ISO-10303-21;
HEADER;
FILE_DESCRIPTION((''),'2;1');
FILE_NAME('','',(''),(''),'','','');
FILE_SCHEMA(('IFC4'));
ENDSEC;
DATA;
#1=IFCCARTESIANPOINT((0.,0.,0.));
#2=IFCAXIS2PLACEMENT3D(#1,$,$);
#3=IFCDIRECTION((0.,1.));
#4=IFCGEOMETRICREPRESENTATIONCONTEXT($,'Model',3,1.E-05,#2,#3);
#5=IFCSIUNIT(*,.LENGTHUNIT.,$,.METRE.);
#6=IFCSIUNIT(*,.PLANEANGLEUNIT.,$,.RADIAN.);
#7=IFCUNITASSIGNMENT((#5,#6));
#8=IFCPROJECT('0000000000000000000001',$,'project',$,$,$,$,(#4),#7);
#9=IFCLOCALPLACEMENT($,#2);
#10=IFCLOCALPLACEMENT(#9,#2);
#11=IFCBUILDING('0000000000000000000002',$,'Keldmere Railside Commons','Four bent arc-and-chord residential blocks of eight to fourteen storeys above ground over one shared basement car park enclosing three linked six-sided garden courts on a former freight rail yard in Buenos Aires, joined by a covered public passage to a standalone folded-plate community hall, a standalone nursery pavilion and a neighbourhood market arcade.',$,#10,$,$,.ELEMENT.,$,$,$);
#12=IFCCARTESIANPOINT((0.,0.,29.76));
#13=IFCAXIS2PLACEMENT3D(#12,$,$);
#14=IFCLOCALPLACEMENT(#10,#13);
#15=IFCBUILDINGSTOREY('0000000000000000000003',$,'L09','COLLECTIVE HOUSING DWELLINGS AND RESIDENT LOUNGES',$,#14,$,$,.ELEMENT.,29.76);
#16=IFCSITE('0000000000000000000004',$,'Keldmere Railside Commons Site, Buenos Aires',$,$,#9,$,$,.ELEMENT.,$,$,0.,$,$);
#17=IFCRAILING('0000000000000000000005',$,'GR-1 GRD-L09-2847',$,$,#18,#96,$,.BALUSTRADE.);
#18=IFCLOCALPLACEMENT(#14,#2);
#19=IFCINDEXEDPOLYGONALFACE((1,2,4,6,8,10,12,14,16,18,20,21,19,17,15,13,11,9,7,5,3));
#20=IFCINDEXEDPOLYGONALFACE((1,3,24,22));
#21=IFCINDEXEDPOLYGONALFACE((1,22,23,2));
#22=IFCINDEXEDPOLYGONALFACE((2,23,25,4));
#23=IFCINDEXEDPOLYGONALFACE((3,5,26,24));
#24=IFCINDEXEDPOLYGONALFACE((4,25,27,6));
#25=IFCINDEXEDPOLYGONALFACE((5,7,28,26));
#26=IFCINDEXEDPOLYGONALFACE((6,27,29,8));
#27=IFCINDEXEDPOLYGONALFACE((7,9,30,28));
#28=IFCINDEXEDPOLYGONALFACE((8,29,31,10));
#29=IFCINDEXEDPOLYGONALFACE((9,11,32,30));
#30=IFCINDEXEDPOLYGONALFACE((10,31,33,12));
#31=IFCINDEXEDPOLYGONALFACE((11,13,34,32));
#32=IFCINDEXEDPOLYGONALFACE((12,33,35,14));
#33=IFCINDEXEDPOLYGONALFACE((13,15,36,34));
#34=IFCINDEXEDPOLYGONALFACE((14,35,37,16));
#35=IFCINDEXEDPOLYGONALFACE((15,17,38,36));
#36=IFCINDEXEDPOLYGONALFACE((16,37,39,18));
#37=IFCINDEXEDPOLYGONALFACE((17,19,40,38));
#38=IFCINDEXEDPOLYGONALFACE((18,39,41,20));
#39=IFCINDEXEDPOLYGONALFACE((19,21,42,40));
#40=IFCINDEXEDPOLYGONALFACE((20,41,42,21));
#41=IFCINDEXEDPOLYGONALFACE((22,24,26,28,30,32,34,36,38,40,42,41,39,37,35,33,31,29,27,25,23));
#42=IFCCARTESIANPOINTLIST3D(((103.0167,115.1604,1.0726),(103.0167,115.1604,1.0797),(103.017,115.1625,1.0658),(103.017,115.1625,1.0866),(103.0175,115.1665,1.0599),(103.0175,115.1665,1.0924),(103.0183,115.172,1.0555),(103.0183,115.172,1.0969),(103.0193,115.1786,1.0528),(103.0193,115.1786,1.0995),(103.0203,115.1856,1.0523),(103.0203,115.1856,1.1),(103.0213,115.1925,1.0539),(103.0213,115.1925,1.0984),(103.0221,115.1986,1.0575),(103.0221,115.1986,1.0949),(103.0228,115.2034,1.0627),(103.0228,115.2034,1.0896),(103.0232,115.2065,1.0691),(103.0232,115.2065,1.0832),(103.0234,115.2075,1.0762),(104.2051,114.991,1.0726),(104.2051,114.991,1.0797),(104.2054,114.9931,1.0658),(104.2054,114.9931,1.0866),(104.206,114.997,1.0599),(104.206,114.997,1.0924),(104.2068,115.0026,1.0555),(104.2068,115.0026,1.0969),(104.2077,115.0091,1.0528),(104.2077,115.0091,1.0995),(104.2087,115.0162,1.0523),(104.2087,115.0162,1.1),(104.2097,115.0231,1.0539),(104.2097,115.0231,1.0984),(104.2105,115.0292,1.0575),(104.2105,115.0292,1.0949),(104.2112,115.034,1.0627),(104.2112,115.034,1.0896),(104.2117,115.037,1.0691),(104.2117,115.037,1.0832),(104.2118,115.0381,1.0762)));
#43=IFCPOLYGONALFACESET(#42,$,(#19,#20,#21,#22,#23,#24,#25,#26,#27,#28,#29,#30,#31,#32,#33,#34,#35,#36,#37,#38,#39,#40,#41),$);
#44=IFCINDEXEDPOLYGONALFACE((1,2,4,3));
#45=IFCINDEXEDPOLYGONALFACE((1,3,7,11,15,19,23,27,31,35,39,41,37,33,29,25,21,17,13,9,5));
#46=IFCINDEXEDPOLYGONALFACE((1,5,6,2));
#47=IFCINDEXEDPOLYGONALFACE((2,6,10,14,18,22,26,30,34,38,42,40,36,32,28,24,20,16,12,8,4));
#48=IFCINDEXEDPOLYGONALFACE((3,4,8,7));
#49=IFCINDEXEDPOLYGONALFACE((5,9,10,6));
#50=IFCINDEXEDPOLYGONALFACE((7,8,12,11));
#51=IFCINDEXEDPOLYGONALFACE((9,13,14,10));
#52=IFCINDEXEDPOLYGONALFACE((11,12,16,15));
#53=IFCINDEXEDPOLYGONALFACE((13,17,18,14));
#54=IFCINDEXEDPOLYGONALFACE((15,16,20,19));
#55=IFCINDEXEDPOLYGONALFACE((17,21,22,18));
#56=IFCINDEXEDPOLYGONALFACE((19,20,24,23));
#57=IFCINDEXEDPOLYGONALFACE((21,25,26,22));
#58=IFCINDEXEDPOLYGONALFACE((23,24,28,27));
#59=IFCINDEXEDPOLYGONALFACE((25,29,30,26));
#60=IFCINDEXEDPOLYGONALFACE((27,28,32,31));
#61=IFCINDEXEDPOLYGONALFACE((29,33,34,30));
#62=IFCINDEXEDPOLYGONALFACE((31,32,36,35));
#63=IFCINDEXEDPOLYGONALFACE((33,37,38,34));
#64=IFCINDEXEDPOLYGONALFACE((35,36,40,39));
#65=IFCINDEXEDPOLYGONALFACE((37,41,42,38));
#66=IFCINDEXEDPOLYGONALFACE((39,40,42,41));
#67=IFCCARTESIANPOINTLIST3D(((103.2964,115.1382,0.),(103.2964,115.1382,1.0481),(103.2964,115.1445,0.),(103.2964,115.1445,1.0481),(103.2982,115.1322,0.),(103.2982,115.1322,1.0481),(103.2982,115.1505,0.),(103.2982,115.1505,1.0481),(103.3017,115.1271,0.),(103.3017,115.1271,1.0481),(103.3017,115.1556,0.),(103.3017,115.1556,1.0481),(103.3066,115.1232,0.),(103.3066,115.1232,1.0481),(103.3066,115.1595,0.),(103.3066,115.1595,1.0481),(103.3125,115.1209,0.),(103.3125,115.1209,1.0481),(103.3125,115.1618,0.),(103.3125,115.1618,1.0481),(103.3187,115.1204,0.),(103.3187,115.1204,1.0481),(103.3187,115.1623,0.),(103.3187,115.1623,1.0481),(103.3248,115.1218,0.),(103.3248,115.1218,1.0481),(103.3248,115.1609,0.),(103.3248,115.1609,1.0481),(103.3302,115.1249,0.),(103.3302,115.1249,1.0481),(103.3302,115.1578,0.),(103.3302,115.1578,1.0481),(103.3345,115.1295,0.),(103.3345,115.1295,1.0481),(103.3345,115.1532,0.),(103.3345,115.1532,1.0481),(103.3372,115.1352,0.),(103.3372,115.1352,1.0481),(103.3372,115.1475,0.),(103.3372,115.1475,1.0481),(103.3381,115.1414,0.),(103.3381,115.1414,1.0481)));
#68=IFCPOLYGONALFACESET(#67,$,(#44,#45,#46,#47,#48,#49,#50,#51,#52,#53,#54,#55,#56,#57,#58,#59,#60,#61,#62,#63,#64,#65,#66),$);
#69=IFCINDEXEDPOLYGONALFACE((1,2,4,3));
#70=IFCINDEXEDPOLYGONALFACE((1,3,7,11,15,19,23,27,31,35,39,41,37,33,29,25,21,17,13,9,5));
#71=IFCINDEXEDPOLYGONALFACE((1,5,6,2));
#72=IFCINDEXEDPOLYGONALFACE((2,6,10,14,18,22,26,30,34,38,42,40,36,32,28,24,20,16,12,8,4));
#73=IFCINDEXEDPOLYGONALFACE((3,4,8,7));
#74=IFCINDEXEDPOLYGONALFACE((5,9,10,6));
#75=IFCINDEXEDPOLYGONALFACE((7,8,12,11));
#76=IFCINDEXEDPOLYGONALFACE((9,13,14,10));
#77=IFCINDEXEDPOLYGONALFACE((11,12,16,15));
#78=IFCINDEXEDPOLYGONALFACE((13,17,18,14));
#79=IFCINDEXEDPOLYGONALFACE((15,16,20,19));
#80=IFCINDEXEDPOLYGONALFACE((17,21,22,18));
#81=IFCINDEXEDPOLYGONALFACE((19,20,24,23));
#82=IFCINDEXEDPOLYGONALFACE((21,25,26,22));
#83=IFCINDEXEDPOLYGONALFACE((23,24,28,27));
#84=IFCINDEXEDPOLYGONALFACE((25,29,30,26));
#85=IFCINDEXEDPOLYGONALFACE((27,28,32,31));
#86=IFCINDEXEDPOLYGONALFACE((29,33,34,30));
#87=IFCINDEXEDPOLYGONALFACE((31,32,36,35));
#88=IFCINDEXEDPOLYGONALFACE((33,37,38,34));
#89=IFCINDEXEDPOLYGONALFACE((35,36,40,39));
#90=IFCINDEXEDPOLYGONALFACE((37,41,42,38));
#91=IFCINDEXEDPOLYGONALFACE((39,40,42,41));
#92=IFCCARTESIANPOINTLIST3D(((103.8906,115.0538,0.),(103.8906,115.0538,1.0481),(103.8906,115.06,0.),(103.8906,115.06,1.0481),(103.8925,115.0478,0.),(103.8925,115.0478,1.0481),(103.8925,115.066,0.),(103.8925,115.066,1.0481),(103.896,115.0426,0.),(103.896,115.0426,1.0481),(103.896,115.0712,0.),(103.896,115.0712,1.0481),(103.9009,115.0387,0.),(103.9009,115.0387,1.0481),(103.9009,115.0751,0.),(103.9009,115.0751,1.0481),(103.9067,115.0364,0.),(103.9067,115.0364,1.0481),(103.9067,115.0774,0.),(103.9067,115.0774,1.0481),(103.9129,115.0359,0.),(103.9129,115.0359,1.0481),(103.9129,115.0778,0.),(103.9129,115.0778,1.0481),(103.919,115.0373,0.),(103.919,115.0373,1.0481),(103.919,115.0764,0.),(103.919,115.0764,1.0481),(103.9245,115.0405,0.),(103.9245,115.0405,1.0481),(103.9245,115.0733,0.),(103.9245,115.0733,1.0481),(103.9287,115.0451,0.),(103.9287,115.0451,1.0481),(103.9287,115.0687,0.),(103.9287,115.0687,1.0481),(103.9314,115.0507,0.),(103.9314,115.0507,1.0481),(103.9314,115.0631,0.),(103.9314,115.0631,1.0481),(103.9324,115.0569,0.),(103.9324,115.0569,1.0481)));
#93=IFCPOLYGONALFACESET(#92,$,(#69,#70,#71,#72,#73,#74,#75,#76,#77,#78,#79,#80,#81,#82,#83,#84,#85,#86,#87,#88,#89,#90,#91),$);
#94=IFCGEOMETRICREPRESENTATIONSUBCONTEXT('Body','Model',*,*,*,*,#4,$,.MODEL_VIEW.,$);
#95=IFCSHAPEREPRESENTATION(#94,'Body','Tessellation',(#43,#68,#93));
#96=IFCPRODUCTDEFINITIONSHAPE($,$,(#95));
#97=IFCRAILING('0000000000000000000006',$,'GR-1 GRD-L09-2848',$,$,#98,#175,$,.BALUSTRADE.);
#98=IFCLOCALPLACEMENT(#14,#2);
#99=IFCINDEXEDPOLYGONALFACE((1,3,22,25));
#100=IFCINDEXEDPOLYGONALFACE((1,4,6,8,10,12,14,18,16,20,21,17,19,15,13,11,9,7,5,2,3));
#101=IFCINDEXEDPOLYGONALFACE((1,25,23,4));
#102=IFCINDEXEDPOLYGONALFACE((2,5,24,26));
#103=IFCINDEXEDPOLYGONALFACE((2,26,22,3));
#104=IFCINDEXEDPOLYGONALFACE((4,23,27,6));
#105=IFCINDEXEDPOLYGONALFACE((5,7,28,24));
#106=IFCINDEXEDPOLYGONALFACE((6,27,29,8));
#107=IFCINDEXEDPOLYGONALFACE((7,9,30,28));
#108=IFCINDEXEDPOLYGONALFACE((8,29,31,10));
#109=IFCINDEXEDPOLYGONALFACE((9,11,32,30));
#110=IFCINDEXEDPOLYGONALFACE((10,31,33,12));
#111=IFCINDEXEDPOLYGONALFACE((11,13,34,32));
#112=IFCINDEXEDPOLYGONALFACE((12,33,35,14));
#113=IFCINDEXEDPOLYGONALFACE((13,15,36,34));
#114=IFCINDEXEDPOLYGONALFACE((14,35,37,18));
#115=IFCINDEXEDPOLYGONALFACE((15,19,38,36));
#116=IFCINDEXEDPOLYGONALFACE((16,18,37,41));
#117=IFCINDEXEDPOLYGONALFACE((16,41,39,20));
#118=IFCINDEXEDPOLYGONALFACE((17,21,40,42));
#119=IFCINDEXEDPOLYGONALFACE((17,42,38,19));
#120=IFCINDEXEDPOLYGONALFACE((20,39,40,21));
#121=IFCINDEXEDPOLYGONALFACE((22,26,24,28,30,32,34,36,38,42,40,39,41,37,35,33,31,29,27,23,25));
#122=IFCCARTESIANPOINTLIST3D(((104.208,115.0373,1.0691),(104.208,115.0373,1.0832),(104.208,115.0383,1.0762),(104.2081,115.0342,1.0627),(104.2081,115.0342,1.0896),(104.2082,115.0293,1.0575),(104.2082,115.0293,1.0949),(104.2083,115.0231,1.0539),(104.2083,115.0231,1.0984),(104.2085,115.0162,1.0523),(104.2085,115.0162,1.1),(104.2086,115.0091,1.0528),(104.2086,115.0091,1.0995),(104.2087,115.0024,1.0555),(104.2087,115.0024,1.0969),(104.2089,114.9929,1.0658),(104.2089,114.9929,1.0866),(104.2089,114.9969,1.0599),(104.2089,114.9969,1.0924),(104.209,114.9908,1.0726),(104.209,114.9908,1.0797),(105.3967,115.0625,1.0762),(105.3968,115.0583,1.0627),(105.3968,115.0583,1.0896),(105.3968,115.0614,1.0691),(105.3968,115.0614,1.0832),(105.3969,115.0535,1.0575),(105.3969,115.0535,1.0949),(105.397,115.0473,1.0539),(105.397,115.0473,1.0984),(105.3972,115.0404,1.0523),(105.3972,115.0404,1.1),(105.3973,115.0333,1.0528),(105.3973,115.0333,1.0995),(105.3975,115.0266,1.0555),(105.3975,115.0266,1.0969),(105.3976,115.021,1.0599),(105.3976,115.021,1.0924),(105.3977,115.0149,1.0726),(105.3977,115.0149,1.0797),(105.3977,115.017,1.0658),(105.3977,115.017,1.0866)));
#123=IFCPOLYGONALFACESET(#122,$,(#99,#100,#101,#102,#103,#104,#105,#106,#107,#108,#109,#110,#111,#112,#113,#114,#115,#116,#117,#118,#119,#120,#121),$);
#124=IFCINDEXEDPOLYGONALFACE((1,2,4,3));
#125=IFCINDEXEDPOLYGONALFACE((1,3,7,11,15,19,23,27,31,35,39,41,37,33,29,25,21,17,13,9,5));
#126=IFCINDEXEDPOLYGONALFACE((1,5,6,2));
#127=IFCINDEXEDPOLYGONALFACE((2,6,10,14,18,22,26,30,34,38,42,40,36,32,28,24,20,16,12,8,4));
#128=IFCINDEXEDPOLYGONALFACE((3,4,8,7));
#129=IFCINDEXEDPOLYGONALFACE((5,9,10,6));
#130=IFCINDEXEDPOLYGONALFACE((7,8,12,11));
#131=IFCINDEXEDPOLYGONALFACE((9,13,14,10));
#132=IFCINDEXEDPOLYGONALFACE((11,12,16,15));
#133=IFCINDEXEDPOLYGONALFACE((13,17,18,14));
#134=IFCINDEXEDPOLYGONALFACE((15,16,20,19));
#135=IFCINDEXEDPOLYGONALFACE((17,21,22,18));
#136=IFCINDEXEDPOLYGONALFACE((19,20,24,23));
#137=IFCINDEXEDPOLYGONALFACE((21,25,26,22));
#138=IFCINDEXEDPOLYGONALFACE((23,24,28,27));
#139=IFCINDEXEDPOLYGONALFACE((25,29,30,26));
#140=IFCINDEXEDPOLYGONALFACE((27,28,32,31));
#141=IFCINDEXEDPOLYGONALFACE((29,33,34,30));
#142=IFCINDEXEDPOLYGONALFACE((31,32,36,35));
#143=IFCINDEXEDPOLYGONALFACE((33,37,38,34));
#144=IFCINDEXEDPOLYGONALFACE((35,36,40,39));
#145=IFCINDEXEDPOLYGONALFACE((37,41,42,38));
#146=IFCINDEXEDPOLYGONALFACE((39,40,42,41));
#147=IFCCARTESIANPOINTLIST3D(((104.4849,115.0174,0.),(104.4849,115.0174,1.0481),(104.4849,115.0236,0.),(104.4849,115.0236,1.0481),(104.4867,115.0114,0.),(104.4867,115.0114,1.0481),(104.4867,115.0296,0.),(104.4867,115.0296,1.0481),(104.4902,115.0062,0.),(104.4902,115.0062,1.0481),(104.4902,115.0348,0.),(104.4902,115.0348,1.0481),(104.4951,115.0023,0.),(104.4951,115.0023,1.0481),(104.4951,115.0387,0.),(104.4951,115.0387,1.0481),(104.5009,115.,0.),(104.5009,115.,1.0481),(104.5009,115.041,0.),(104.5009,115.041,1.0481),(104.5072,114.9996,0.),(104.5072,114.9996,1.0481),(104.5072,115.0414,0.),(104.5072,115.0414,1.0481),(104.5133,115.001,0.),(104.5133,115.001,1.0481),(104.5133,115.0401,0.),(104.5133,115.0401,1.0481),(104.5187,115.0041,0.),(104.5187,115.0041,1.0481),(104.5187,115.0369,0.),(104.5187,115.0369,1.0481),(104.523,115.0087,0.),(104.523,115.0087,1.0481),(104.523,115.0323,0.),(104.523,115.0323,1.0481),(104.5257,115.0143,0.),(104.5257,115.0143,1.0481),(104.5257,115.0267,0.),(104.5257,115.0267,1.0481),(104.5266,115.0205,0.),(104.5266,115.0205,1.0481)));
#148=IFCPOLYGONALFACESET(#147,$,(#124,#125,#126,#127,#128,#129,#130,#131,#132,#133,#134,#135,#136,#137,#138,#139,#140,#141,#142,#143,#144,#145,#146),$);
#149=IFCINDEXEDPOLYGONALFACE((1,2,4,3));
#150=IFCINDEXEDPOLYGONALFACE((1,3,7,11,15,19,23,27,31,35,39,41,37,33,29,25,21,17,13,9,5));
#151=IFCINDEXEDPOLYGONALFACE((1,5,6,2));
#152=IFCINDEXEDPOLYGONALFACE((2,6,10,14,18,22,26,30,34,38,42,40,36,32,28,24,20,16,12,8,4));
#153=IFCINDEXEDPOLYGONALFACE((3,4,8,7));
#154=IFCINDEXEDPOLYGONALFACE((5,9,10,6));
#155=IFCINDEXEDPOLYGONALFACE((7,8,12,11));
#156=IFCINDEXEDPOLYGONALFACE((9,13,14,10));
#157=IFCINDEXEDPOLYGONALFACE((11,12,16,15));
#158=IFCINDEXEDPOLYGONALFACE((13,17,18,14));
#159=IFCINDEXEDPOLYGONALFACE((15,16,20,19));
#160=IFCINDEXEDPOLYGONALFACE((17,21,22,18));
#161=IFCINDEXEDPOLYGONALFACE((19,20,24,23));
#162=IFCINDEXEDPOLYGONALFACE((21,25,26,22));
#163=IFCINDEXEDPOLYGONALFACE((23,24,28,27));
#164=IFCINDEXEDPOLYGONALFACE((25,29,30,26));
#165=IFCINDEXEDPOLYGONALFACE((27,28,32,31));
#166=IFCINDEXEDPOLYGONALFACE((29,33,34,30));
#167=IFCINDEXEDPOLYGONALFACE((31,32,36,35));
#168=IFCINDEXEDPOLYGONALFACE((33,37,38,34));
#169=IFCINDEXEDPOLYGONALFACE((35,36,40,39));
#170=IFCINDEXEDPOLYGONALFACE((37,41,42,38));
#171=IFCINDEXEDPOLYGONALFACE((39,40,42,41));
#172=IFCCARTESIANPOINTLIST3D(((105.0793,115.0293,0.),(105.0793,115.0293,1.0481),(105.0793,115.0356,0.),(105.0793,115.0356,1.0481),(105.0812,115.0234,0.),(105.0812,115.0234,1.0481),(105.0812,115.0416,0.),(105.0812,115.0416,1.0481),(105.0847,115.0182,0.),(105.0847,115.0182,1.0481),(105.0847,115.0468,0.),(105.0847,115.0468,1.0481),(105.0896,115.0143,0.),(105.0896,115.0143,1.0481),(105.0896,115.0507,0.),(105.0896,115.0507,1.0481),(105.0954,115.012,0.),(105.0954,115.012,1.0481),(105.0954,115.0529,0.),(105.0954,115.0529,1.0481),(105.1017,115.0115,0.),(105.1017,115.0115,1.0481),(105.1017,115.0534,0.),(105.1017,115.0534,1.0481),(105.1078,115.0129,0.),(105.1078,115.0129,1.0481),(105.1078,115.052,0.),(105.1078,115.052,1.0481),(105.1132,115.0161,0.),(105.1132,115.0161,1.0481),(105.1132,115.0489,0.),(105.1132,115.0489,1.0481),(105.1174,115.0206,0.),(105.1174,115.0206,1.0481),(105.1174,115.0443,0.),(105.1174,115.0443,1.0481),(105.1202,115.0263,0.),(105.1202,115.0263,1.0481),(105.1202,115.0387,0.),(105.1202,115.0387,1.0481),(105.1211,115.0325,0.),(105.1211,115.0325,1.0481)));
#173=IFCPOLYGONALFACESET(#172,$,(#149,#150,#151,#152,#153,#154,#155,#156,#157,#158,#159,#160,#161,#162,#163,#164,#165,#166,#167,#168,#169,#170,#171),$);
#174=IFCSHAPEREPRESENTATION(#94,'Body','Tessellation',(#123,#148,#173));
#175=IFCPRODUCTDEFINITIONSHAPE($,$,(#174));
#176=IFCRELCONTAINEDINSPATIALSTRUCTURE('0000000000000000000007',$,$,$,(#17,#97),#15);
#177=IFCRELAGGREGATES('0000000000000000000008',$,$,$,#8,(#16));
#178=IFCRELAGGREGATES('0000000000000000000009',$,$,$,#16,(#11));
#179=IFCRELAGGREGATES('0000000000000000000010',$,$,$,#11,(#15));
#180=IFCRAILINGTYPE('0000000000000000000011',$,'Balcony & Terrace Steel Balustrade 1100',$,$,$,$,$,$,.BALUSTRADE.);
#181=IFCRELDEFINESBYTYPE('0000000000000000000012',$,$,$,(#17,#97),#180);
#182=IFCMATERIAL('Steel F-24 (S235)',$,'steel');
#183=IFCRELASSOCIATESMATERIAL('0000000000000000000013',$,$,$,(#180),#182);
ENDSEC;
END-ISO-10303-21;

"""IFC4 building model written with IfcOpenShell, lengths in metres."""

from ifc_helpers import new_model, si_unit, direction, frame, origin, origin_2d, place, context, subcontext, project, spatial, circle, extrude, material, type_object, element, save


model = new_model("IFC4")

# Units and contexts
model_context = context("Model", 3, precision=1e-05, world=origin(), true_north=direction((0.0, 1.0)))
body_context = subcontext(model_context, "Body", "Model", "MODEL_VIEW")
ifc_project = project(units=[si_unit("LENGTHUNIT", "METRE"), si_unit("PLANEANGLEUNIT", "RADIAN")], contexts=[model_context])

# Site, building, storey
site_placement = place(None, origin())
site = spatial("IfcSite", under=ifc_project, at=site_placement, Name="Keldmere Railside Commons Site, Buenos Aires", CompositionType="ELEMENT", RefElevation=0.0)
building_placement = place(site_placement, origin())
building = spatial("IfcBuilding", under=site, at=building_placement, Name="Keldmere Railside Commons", Description="Four bent arc-and-chord residential blocks of eight to fourteen storeys above ground over one shared basement car park enclosing three linked six-sided garden courts on a former freight rail yard in Buenos Aires, joined by a covered public passage to a standalone folded-plate community hall, a standalone nursery pavilion and a neighbourhood market arcade.", CompositionType="ELEMENT")
storey_placement = place(building_placement, frame((0.0, 0.0, 29.76)))
storey = spatial("IfcBuildingStorey", under=building, at=storey_placement, Name="L09", Description="COLLECTIVE HOUSING DWELLINGS AND RESIDENT LOUNGES", CompositionType="ELEMENT", Elevation=29.76)

# Railings
ifc_material_1 = material(Name="Steel F-24 (S235)", Category="steel")
railing_type = type_object("IfcRailingType", Name="Balcony & Terrace Steel Balustrade 1100", PredefinedType="BALUSTRADE", material=ifc_material_1)
railing_1_placement = place(storey_placement, frame((103.02, 115.1838, 0.0)))
element("IfcRailing", 1, at=railing_1_placement, inside=storey, type_object=railing_type, Name="GR-1 GRD-L09-2847", PredefinedType="BALUSTRADE", context=body_context, shape_type="SweptSolid", body=[
    extrude(circle(Radius=0.0239, at=origin_2d()), frame((0.0, 0.0, 1.0762), z_axis=(0.98999, -0.141137, 0.0), x_axis=(0.141137, 0.98999, 0.0)), (0.0, 0.0, 1.0), 1.2004),
    extrude(circle(Radius=0.021, at=origin_2d()), frame((0.2971, -0.0425, 0.0)), (0.0, 0.0, 1.0), 1.0481),
    extrude(circle(Radius=0.021, at=origin_2d()), frame((0.8914, -0.127, 0.0)), (0.0, 0.0, 1.0), 1.0481),
])
railing_2_placement = place(storey_placement, frame((104.2085, 115.0144, 0.0)))
element("IfcRailing", 2, at=railing_2_placement, inside=storey, type_object=railing_type, Name="GR-1 GRD-L09-2848", PredefinedType="BALUSTRADE", context=body_context, shape_type="SweptSolid", body=[
    extrude(circle(Radius=0.0239, at=origin_2d()), frame((0.0, 0.0, 1.0762), z_axis=(0.999793, 0.020329, 0.0), x_axis=(-0.020329, 0.999793, 0.0)), (0.0, 0.0, 1.0), 1.189),
    extrude(circle(Radius=0.021, at=origin_2d()), frame((0.2971, 0.0061, 0.0)), (0.0, 0.0, 1.0), 1.0481),
    extrude(circle(Radius=0.021, at=origin_2d()), frame((0.8916, 0.0181, 0.0)), (0.0, 0.0, 1.0), 1.0481),
])

save(model, "model.ifc")
